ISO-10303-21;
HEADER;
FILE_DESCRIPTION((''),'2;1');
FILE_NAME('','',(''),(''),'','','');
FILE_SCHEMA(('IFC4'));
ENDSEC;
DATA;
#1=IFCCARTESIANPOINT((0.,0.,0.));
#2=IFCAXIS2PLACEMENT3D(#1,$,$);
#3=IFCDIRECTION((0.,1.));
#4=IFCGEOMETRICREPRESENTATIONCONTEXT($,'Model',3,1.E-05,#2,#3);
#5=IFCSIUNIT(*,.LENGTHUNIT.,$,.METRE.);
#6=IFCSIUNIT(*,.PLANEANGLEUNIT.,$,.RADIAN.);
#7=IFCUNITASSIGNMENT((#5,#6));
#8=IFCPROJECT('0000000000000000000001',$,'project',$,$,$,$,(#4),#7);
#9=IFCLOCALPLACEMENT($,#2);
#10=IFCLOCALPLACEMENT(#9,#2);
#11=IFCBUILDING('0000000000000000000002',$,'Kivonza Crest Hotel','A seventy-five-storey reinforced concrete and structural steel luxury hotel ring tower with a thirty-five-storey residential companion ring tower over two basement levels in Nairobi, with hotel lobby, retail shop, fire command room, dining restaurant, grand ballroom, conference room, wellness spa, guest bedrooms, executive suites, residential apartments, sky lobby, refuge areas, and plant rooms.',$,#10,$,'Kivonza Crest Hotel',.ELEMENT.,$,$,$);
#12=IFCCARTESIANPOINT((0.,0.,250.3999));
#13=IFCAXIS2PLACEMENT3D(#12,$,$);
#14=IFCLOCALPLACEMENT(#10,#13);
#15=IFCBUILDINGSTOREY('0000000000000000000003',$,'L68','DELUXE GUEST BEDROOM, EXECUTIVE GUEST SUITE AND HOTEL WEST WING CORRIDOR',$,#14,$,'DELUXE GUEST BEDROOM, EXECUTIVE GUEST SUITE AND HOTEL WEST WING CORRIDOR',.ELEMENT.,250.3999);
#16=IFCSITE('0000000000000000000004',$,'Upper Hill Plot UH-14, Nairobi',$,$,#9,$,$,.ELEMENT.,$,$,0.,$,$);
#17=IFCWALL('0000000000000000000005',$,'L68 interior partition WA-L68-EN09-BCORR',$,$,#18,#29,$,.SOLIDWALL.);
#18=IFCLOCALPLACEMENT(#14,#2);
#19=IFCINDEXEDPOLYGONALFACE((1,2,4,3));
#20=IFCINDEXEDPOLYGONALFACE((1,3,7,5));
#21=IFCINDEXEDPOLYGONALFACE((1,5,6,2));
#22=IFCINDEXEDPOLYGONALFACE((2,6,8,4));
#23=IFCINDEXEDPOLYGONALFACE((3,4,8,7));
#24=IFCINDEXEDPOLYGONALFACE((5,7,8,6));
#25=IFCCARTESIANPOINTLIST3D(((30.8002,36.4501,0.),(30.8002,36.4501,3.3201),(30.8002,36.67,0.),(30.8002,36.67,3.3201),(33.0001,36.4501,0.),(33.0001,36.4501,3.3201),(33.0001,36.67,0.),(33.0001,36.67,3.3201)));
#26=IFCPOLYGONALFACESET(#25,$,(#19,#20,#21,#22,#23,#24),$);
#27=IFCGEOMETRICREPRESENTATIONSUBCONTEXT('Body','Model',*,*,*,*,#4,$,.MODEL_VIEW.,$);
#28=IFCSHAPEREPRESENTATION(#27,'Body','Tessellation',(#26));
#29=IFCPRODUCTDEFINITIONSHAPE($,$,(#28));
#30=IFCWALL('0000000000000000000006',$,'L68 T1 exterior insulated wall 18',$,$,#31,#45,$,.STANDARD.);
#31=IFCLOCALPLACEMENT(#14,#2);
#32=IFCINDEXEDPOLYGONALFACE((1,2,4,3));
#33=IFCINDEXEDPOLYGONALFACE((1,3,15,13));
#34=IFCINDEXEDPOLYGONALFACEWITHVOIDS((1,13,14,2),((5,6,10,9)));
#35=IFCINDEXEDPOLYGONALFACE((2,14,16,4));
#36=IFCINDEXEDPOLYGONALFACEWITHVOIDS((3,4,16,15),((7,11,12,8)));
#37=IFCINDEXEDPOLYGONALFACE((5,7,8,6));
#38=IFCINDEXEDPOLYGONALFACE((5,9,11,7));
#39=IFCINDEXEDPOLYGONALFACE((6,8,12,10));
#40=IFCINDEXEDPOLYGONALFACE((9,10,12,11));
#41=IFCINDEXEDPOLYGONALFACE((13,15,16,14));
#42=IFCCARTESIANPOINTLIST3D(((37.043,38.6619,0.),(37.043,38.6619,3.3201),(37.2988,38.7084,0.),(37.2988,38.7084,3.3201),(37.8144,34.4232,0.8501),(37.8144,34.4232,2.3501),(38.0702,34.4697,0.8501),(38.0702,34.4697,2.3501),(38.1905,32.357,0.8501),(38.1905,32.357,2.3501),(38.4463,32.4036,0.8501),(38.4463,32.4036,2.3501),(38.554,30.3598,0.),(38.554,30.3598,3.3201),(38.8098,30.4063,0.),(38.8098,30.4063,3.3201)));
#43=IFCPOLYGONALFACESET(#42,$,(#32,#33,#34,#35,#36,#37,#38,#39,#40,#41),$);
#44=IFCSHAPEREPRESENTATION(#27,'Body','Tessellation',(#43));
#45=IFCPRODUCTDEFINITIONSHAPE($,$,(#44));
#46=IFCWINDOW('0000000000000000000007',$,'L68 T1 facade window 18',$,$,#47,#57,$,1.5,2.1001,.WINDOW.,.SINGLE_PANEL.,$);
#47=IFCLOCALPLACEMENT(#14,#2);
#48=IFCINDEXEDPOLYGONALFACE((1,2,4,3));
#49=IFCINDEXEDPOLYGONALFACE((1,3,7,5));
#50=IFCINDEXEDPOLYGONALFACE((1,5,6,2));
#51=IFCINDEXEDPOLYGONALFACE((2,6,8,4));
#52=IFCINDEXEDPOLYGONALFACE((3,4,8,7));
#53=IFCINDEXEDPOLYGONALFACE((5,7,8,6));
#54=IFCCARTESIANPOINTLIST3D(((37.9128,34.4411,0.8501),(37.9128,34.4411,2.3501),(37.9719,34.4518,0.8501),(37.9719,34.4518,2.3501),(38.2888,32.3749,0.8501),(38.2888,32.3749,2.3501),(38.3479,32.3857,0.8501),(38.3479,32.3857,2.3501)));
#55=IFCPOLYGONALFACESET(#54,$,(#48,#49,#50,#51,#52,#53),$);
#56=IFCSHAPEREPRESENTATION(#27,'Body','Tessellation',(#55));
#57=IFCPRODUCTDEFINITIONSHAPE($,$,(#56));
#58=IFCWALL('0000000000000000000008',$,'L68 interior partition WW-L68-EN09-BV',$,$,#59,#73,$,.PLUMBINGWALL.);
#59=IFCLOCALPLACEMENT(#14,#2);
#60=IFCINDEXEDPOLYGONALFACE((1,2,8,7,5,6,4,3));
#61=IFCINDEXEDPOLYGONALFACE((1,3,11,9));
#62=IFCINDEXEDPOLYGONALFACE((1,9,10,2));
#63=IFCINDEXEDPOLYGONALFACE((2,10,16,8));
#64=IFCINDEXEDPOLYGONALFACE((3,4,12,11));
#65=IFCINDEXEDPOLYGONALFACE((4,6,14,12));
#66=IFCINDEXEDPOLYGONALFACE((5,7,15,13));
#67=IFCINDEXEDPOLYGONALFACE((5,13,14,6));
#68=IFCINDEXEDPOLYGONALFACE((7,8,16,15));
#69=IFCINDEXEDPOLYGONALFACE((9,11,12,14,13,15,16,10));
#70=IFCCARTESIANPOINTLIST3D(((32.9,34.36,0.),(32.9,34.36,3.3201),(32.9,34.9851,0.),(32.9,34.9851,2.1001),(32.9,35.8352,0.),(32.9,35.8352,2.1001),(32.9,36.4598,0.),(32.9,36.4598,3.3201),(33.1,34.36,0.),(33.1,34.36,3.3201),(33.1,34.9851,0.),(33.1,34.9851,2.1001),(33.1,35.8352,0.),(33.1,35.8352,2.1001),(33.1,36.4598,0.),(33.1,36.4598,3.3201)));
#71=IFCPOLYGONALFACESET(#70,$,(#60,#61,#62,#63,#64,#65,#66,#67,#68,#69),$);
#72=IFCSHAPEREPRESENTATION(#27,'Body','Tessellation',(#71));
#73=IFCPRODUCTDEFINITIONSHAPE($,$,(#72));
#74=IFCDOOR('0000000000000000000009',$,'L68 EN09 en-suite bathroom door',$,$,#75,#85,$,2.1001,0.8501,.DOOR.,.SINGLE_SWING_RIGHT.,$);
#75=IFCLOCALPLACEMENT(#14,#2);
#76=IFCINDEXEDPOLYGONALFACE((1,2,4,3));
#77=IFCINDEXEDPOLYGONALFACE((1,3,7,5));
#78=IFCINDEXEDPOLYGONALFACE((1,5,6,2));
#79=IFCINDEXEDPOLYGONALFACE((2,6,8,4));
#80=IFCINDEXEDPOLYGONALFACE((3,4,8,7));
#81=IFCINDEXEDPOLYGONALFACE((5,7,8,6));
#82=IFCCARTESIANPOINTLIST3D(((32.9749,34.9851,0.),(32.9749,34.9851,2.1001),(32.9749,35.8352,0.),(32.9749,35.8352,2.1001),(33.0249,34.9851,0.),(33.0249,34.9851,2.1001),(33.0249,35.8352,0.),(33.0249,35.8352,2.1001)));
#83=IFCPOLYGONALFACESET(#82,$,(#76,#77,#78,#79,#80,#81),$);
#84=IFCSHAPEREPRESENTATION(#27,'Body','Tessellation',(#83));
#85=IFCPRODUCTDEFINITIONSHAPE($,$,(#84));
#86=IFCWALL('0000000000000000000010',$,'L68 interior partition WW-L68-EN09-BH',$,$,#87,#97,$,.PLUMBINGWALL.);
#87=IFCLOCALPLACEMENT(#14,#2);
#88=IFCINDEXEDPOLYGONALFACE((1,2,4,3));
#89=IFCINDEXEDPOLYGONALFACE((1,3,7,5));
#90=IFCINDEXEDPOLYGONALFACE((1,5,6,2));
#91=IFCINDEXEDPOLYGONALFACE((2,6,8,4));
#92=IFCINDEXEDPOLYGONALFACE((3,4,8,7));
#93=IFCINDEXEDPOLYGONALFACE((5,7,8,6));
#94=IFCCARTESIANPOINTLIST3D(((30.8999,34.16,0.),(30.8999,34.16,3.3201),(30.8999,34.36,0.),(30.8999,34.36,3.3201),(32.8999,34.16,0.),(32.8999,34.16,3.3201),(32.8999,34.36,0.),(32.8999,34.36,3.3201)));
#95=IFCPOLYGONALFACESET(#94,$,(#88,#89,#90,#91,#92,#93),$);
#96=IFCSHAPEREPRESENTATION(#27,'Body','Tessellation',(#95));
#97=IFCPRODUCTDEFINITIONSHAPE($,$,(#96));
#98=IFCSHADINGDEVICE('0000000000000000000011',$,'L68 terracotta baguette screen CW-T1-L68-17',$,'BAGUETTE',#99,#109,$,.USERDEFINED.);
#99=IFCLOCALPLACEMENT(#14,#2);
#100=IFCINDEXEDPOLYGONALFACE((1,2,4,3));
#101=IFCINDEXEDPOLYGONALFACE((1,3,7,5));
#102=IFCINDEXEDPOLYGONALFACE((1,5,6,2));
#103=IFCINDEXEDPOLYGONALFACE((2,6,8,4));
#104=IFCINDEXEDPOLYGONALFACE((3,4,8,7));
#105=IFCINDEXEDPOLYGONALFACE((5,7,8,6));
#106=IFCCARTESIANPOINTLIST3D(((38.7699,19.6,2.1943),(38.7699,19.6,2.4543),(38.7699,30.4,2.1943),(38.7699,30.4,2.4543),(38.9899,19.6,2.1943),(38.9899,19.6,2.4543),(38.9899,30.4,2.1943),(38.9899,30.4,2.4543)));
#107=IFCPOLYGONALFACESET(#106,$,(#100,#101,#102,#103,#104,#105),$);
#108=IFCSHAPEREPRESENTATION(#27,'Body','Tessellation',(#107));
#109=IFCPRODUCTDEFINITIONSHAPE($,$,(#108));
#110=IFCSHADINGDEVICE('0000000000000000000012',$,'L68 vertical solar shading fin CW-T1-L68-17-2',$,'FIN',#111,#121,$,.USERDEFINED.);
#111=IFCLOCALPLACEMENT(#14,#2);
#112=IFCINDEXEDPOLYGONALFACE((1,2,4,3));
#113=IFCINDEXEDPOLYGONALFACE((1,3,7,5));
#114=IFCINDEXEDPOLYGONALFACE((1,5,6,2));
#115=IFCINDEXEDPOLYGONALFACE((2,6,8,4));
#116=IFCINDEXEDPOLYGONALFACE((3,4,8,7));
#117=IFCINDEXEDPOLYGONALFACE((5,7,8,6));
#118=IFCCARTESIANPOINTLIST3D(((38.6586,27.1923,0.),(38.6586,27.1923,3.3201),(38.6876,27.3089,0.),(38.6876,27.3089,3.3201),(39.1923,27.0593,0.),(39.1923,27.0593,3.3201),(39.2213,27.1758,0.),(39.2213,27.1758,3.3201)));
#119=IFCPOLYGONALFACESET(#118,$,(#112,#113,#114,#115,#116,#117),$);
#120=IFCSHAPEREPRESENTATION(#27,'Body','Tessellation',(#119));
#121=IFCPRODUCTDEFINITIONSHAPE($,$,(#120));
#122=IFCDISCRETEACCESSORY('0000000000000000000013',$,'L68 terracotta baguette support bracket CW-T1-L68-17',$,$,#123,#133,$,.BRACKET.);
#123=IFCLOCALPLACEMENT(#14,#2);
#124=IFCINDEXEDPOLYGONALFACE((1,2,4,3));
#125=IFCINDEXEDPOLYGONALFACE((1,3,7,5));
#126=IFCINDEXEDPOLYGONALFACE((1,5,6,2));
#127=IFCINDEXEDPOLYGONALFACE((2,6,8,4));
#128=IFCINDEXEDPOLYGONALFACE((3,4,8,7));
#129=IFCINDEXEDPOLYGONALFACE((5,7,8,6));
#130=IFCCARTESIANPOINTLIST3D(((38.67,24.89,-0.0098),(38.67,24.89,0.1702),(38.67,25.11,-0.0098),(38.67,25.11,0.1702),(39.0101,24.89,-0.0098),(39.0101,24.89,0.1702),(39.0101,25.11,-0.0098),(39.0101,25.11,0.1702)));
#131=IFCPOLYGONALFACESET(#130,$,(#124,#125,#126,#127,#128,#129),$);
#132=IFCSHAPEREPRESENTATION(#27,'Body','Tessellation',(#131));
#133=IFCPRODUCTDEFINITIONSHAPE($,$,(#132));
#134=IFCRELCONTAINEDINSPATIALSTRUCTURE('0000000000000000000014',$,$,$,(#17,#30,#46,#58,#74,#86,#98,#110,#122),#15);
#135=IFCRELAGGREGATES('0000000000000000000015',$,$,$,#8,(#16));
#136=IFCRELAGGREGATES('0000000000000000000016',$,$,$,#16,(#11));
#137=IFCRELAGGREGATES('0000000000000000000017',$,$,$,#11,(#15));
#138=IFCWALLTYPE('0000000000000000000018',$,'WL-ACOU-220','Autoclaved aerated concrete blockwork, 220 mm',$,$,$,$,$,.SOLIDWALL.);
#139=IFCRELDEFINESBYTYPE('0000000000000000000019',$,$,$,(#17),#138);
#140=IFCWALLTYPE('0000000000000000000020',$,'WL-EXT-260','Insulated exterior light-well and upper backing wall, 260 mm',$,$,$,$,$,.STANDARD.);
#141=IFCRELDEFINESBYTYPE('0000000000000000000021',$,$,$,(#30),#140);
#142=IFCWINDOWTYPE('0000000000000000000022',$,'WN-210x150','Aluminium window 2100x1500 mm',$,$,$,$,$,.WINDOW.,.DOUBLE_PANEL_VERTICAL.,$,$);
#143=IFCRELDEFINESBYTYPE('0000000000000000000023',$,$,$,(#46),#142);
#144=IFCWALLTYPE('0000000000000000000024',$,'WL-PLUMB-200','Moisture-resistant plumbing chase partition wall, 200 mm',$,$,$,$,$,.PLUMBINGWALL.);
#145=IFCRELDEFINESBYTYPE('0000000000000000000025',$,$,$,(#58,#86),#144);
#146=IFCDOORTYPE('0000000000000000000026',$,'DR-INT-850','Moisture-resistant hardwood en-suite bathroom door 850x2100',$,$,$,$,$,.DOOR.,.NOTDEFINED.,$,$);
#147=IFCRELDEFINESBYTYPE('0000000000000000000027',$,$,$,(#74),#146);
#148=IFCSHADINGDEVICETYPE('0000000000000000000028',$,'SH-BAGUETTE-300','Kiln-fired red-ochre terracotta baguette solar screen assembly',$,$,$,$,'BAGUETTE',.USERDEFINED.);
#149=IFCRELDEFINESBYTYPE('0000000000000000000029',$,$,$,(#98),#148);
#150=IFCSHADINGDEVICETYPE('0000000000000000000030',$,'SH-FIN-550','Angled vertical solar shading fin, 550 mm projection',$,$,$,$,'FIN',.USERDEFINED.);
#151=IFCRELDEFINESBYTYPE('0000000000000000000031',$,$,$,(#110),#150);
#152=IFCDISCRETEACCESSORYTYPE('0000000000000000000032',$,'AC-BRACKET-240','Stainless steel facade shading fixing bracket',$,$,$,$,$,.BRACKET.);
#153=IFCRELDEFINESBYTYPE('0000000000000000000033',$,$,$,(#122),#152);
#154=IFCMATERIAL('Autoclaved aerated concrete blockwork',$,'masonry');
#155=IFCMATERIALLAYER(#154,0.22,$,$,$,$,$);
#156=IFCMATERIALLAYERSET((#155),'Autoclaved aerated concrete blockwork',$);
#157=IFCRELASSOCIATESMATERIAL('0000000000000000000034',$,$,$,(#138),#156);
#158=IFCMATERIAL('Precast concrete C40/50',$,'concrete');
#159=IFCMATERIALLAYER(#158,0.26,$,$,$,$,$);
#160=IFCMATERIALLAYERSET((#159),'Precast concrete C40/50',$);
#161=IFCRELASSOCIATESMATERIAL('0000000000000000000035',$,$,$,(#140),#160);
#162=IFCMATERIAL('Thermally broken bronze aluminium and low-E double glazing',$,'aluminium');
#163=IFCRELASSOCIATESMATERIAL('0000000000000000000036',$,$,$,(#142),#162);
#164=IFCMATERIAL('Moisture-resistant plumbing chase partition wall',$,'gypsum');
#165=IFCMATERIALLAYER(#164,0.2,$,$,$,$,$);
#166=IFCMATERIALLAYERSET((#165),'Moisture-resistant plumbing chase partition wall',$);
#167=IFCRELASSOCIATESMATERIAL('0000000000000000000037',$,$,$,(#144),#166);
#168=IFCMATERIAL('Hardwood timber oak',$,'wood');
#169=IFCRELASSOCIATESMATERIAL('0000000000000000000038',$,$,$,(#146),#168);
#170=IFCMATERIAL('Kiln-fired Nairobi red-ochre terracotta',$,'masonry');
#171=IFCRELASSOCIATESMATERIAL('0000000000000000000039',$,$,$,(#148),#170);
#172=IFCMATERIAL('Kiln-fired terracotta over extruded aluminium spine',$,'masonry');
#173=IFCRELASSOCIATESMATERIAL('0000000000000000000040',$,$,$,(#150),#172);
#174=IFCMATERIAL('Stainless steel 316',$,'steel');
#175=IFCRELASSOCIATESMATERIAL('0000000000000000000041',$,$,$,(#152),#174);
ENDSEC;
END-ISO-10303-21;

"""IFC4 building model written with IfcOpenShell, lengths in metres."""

from ifc_helpers import new_model, si_unit, direction, frame, frame_2d, origin, origin_2d, place, context, subcontext, project, spatial, rectangle, extrude, material, layer, layer_set, type_object, element, fill, save


model = new_model("IFC4")

# Units and contexts
model_context = context("Model", 3, precision=1e-05, world=origin(), true_north=direction((0.0, 1.0)))
body_context = subcontext(model_context, "Body", "Model", "MODEL_VIEW")
ifc_project = project(units=[si_unit("LENGTHUNIT", "METRE"), si_unit("PLANEANGLEUNIT", "RADIAN")], contexts=[model_context])

# Site, building, storey
site_placement = place(None, origin())
site = spatial("IfcSite", under=ifc_project, at=site_placement, Name="Upper Hill Plot UH-14, Nairobi", CompositionType="ELEMENT", RefElevation=0.0)
building_placement = place(site_placement, origin())
building = spatial("IfcBuilding", under=site, at=building_placement, Name="Kivonza Crest Hotel", Description="A seventy-five-storey reinforced concrete and structural steel luxury hotel ring tower with a thirty-five-storey residential companion ring tower over two basement levels in Nairobi, with hotel lobby, retail shop, fire command room, dining restaurant, grand ballroom, conference room, wellness spa, guest bedrooms, executive suites, residential apartments, sky lobby, refuge areas, and plant rooms.", LongName="Kivonza Crest Hotel", CompositionType="ELEMENT")
storey_placement = place(building_placement, frame((0.0, 0.0, 250.3999)))
storey = spatial("IfcBuildingStorey", under=building, at=storey_placement, Name="L68", Description="DELUXE GUEST BEDROOM, EXECUTIVE GUEST SUITE AND HOTEL WEST WING CORRIDOR", LongName="DELUXE GUEST BEDROOM, EXECUTIVE GUEST SUITE AND HOTEL WEST WING CORRIDOR", CompositionType="ELEMENT", Elevation=250.3999)

# Wall
ifc_material_1 = material(Name="Autoclaved aerated concrete blockwork", Category="masonry")
ifc_layer_1 = layer(ifc_material_1, 0.22)
ifc_layer_set_1 = layer_set([ifc_layer_1], Name="Autoclaved aerated concrete blockwork")
wall_type_1 = type_object("IfcWallType", Name="WL-ACOU-220", Description="Autoclaved aerated concrete blockwork, 220 mm", PredefinedType="SOLIDWALL", material=ifc_layer_set_1)
wall_1_placement = place(storey_placement, frame((30.8, 36.5601, 0.0), z_axis=(0.0, 0.0, 1.0), x_axis=(1.0, 0.0, 0.0)))
element("IfcWall", 1, at=wall_1_placement, inside=storey, type_object=wall_type_1, Name="L68 interior partition WA-L68-EN09-BCORR", PredefinedType="SOLIDWALL", context=body_context, shape_type="SweptSolid", body=[
    extrude(rectangle(XDim=2.2, YDim=0.22, at=frame_2d((1.1001, 0.0))), origin(), (0.0, 0.0, 1.0), 3.3201),
])

# Wall, opening, window
ifc_material_2 = material(Name="Precast concrete C40/50", Category="concrete")
ifc_layer_2 = layer(ifc_material_2, 0.26)
ifc_layer_set_2 = layer_set([ifc_layer_2], Name="Precast concrete C40/50")
wall_type_2 = type_object("IfcWallType", Name="WL-EXT-260", Description="Insulated exterior light-well and upper backing wall, 260 mm", PredefinedType="STANDARD", material=ifc_layer_set_2)
wall_2_placement = place(storey_placement, frame((38.6819, 30.3831, 0.0), z_axis=(0.0, 0.0, 1.0), x_axis=(-0.179061, 0.983838, 0.0)))
wall_2 = element("IfcWall", 2, at=wall_2_placement, inside=storey, type_object=wall_type_2, Name="L68 T1 exterior insulated wall 18", PredefinedType="STANDARD", context=body_context, shape_type="SweptSolid", body=[
    extrude(rectangle(XDim=8.4385, YDim=0.26, at=frame_2d((4.2192, 0.0))), origin(), (0.0, 0.0, 1.0), 3.3201),
])
opening_1_placement = place(wall_2_placement, frame((2.03, 0.0, 0.8501)))
opening_1 = element("IfcOpeningElement", 3, at=opening_1_placement, cuts=wall_2, PredefinedType="OPENING", context=body_context, shape_type="SweptSolid", body=[
    extrude(rectangle(XDim=2.1001, YDim=1.5, at=frame_2d((1.05, 0.75))), frame((0.0, 0.1401, 0.0), z_axis=(0.0, -1.0, 0.0), x_axis=(1.0, 0.0, 0.0)), (0.0, 0.0, 1.0), 0.28),
])
ifc_material_3 = material(Name="Thermally broken bronze aluminium and low-E double glazing", Category="aluminium")
window_type = type_object("IfcWindowType", Name="WN-210x150", Description="Aluminium window 2100x1500 mm", PartitioningType="DOUBLE_PANEL_VERTICAL", PredefinedType="WINDOW", material=ifc_material_3)
window_placement = place(opening_1_placement, origin())
window = element("IfcWindow", 4, at=window_placement, inside=storey, type_object=window_type, Name="L68 T1 facade window 18", OverallHeight=1.5, OverallWidth=2.1001, PartitioningType="SINGLE_PANEL", PredefinedType="WINDOW", context=body_context, shape_type="SweptSolid", body=[
    extrude(rectangle(XDim=2.1001, YDim=1.5, at=frame_2d((1.05, 0.75))), frame((0.0, 0.03, 0.0), z_axis=(0.0, -1.0, 0.0), x_axis=(1.0, 0.0, 0.0)), (0.0, 0.0, 1.0), 0.0601),
])
fill(opening_1, window)

# Wall, opening, door
ifc_material_4 = material(Name="Moisture-resistant plumbing chase partition wall", Category="gypsum")
ifc_layer_3 = layer(ifc_material_4, 0.2)
ifc_layer_set_3 = layer_set([ifc_layer_3], Name="Moisture-resistant plumbing chase partition wall")
wall_type_3 = type_object("IfcWallType", Name="WL-PLUMB-200", Description="Moisture-resistant plumbing chase partition wall, 200 mm", PredefinedType="PLUMBINGWALL", material=ifc_layer_set_3)
wall_3_placement = place(storey_placement, frame((33.0, 34.3601, 0.0), z_axis=(0.0, 0.0, 1.0), x_axis=(0.0, 1.0, 0.0)))
wall_3 = element("IfcWall", 5, at=wall_3_placement, inside=storey, type_object=wall_type_3, Name="L68 interior partition WW-L68-EN09-BV", PredefinedType="PLUMBINGWALL", context=body_context, shape_type="SweptSolid", body=[
    extrude(rectangle(XDim=2.0999, YDim=0.2, at=frame_2d((1.0498, 0.0))), origin(), (0.0, 0.0, 1.0), 3.3201),
])
opening_2_placement = place(wall_3_placement, frame((0.625, 0.0, 0.0)))
opening_2 = element("IfcOpeningElement", 6, at=opening_2_placement, cuts=wall_3, PredefinedType="OPENING", context=body_context, shape_type="SweptSolid", body=[
    extrude(rectangle(XDim=0.8501, YDim=2.1001, at=frame_2d((0.425, 1.05))), frame((0.0, 0.1099, 0.0), z_axis=(0.0, -1.0, 0.0), x_axis=(1.0, 0.0, 0.0)), (0.0, 0.0, 1.0), 0.22),
])
ifc_material_5 = material(Name="Hardwood timber oak", Category="wood")
door_type = type_object("IfcDoorType", Name="DR-INT-850", Description="Moisture-resistant hardwood en-suite bathroom door 850x2100", OperationType="NOTDEFINED", PredefinedType="DOOR", material=ifc_material_5)
door_placement = place(opening_2_placement, frame((0.8501, 0.0, 0.0), z_axis=(0.0, 0.0, 1.0), x_axis=(-1.0, 0.0, 0.0)))
door = element("IfcDoor", 7, at=door_placement, inside=storey, type_object=door_type, Name="L68 EN09 en-suite bathroom door", OperationType="SINGLE_SWING_RIGHT", OverallHeight=2.1001, OverallWidth=0.8501, PredefinedType="DOOR", context=body_context, shape_type="SweptSolid", body=[
    extrude(rectangle(XDim=0.8501, YDim=2.1001, at=frame_2d((0.425, 1.05))), frame((0.0, 0.0249, 0.0), z_axis=(0.0, -1.0, 0.0), x_axis=(1.0, 0.0, 0.0)), (0.0, 0.0, 1.0), 0.05),
])
fill(opening_2, door)

# Wall
wall_4_placement = place(storey_placement, frame((30.8999, 34.26, 0.0), z_axis=(0.0, 0.0, 1.0), x_axis=(1.0, 0.0, 0.0)))
element("IfcWall", 8, at=wall_4_placement, inside=storey, type_object=wall_type_3, Name="L68 interior partition WW-L68-EN09-BH", PredefinedType="PLUMBINGWALL", context=body_context, shape_type="SweptSolid", body=[
    extrude(rectangle(XDim=2.0, YDim=0.2, at=frame_2d((1.0, 0.0))), origin(), (0.0, 0.0, 1.0), 3.3201),
])

# Shading devices
ifc_material_6 = material(Name="Kiln-fired Nairobi red-ochre terracotta", Category="masonry")
shading_device_type_1 = type_object("IfcShadingDeviceType", Name="SH-BAGUETTE-300", Description="Kiln-fired red-ochre terracotta baguette solar screen assembly", ElementType="BAGUETTE", PredefinedType="USERDEFINED", material=ifc_material_6)
shading_device_1_placement = place(storey_placement, frame((38.8799, 25.0, 2.1943), z_axis=(0.0, 0.0, 1.0), x_axis=(0.0, 1.0, 0.0)))
element("IfcShadingDevice", 9, at=shading_device_1_placement, inside=storey, type_object=shading_device_type_1, Name="L68 terracotta baguette screen CW-T1-L68-17", ObjectType="BAGUETTE", PredefinedType="USERDEFINED", context=body_context, shape_type="SweptSolid", body=[
    extrude(rectangle(XDim=10.8, YDim=0.22, at=origin_2d()), origin(), (0.0, 0.0, 1.0), 0.26),
])
ifc_material_7 = material(Name="Kiln-fired terracotta over extruded aluminium spine", Category="masonry")
shading_device_type_2 = type_object("IfcShadingDeviceType", Name="SH-FIN-550", Description="Angled vertical solar shading fin, 550 mm projection", ElementType="FIN", PredefinedType="USERDEFINED", material=ifc_material_7)
shading_device_2_placement = place(storey_placement, frame((38.9399, 27.1841, 0.0), z_axis=(0.0, 0.0, 1.0), x_axis=(0.241922, 0.970296, 0.0)))
element("IfcShadingDevice", 10, at=shading_device_2_placement, inside=storey, type_object=shading_device_type_2, Name="L68 vertical solar shading fin CW-T1-L68-17-2", ObjectType="FIN", PredefinedType="USERDEFINED", context=body_context, shape_type="SweptSolid", body=[
    extrude(rectangle(XDim=0.1201, YDim=0.55, at=origin_2d()), origin(), (0.0, 0.0, 1.0), 3.3201),
])

# Discrete accessory
ifc_material_8 = material(Name="Stainless steel 316", Category="steel")
discrete_accessory_type = type_object("IfcDiscreteAccessoryType", Name="AC-BRACKET-240", Description="Stainless steel facade shading fixing bracket", PredefinedType="BRACKET", material=ifc_material_8)
discrete_accessory_placement = place(storey_placement, frame((38.8401, 25.0, -0.0098), z_axis=(0.0, 0.0, 1.0), x_axis=(0.0, 1.0, 0.0)))
element("IfcDiscreteAccessory", 11, at=discrete_accessory_placement, inside=storey, type_object=discrete_accessory_type, Name="L68 terracotta baguette support bracket CW-T1-L68-17", PredefinedType="BRACKET", context=body_context, shape_type="SweptSolid", body=[
    extrude(rectangle(XDim=0.22, YDim=0.3401, at=origin_2d()), origin(), (0.0, 0.0, 1.0), 0.1799),
])

save(model, "model.ifc")
